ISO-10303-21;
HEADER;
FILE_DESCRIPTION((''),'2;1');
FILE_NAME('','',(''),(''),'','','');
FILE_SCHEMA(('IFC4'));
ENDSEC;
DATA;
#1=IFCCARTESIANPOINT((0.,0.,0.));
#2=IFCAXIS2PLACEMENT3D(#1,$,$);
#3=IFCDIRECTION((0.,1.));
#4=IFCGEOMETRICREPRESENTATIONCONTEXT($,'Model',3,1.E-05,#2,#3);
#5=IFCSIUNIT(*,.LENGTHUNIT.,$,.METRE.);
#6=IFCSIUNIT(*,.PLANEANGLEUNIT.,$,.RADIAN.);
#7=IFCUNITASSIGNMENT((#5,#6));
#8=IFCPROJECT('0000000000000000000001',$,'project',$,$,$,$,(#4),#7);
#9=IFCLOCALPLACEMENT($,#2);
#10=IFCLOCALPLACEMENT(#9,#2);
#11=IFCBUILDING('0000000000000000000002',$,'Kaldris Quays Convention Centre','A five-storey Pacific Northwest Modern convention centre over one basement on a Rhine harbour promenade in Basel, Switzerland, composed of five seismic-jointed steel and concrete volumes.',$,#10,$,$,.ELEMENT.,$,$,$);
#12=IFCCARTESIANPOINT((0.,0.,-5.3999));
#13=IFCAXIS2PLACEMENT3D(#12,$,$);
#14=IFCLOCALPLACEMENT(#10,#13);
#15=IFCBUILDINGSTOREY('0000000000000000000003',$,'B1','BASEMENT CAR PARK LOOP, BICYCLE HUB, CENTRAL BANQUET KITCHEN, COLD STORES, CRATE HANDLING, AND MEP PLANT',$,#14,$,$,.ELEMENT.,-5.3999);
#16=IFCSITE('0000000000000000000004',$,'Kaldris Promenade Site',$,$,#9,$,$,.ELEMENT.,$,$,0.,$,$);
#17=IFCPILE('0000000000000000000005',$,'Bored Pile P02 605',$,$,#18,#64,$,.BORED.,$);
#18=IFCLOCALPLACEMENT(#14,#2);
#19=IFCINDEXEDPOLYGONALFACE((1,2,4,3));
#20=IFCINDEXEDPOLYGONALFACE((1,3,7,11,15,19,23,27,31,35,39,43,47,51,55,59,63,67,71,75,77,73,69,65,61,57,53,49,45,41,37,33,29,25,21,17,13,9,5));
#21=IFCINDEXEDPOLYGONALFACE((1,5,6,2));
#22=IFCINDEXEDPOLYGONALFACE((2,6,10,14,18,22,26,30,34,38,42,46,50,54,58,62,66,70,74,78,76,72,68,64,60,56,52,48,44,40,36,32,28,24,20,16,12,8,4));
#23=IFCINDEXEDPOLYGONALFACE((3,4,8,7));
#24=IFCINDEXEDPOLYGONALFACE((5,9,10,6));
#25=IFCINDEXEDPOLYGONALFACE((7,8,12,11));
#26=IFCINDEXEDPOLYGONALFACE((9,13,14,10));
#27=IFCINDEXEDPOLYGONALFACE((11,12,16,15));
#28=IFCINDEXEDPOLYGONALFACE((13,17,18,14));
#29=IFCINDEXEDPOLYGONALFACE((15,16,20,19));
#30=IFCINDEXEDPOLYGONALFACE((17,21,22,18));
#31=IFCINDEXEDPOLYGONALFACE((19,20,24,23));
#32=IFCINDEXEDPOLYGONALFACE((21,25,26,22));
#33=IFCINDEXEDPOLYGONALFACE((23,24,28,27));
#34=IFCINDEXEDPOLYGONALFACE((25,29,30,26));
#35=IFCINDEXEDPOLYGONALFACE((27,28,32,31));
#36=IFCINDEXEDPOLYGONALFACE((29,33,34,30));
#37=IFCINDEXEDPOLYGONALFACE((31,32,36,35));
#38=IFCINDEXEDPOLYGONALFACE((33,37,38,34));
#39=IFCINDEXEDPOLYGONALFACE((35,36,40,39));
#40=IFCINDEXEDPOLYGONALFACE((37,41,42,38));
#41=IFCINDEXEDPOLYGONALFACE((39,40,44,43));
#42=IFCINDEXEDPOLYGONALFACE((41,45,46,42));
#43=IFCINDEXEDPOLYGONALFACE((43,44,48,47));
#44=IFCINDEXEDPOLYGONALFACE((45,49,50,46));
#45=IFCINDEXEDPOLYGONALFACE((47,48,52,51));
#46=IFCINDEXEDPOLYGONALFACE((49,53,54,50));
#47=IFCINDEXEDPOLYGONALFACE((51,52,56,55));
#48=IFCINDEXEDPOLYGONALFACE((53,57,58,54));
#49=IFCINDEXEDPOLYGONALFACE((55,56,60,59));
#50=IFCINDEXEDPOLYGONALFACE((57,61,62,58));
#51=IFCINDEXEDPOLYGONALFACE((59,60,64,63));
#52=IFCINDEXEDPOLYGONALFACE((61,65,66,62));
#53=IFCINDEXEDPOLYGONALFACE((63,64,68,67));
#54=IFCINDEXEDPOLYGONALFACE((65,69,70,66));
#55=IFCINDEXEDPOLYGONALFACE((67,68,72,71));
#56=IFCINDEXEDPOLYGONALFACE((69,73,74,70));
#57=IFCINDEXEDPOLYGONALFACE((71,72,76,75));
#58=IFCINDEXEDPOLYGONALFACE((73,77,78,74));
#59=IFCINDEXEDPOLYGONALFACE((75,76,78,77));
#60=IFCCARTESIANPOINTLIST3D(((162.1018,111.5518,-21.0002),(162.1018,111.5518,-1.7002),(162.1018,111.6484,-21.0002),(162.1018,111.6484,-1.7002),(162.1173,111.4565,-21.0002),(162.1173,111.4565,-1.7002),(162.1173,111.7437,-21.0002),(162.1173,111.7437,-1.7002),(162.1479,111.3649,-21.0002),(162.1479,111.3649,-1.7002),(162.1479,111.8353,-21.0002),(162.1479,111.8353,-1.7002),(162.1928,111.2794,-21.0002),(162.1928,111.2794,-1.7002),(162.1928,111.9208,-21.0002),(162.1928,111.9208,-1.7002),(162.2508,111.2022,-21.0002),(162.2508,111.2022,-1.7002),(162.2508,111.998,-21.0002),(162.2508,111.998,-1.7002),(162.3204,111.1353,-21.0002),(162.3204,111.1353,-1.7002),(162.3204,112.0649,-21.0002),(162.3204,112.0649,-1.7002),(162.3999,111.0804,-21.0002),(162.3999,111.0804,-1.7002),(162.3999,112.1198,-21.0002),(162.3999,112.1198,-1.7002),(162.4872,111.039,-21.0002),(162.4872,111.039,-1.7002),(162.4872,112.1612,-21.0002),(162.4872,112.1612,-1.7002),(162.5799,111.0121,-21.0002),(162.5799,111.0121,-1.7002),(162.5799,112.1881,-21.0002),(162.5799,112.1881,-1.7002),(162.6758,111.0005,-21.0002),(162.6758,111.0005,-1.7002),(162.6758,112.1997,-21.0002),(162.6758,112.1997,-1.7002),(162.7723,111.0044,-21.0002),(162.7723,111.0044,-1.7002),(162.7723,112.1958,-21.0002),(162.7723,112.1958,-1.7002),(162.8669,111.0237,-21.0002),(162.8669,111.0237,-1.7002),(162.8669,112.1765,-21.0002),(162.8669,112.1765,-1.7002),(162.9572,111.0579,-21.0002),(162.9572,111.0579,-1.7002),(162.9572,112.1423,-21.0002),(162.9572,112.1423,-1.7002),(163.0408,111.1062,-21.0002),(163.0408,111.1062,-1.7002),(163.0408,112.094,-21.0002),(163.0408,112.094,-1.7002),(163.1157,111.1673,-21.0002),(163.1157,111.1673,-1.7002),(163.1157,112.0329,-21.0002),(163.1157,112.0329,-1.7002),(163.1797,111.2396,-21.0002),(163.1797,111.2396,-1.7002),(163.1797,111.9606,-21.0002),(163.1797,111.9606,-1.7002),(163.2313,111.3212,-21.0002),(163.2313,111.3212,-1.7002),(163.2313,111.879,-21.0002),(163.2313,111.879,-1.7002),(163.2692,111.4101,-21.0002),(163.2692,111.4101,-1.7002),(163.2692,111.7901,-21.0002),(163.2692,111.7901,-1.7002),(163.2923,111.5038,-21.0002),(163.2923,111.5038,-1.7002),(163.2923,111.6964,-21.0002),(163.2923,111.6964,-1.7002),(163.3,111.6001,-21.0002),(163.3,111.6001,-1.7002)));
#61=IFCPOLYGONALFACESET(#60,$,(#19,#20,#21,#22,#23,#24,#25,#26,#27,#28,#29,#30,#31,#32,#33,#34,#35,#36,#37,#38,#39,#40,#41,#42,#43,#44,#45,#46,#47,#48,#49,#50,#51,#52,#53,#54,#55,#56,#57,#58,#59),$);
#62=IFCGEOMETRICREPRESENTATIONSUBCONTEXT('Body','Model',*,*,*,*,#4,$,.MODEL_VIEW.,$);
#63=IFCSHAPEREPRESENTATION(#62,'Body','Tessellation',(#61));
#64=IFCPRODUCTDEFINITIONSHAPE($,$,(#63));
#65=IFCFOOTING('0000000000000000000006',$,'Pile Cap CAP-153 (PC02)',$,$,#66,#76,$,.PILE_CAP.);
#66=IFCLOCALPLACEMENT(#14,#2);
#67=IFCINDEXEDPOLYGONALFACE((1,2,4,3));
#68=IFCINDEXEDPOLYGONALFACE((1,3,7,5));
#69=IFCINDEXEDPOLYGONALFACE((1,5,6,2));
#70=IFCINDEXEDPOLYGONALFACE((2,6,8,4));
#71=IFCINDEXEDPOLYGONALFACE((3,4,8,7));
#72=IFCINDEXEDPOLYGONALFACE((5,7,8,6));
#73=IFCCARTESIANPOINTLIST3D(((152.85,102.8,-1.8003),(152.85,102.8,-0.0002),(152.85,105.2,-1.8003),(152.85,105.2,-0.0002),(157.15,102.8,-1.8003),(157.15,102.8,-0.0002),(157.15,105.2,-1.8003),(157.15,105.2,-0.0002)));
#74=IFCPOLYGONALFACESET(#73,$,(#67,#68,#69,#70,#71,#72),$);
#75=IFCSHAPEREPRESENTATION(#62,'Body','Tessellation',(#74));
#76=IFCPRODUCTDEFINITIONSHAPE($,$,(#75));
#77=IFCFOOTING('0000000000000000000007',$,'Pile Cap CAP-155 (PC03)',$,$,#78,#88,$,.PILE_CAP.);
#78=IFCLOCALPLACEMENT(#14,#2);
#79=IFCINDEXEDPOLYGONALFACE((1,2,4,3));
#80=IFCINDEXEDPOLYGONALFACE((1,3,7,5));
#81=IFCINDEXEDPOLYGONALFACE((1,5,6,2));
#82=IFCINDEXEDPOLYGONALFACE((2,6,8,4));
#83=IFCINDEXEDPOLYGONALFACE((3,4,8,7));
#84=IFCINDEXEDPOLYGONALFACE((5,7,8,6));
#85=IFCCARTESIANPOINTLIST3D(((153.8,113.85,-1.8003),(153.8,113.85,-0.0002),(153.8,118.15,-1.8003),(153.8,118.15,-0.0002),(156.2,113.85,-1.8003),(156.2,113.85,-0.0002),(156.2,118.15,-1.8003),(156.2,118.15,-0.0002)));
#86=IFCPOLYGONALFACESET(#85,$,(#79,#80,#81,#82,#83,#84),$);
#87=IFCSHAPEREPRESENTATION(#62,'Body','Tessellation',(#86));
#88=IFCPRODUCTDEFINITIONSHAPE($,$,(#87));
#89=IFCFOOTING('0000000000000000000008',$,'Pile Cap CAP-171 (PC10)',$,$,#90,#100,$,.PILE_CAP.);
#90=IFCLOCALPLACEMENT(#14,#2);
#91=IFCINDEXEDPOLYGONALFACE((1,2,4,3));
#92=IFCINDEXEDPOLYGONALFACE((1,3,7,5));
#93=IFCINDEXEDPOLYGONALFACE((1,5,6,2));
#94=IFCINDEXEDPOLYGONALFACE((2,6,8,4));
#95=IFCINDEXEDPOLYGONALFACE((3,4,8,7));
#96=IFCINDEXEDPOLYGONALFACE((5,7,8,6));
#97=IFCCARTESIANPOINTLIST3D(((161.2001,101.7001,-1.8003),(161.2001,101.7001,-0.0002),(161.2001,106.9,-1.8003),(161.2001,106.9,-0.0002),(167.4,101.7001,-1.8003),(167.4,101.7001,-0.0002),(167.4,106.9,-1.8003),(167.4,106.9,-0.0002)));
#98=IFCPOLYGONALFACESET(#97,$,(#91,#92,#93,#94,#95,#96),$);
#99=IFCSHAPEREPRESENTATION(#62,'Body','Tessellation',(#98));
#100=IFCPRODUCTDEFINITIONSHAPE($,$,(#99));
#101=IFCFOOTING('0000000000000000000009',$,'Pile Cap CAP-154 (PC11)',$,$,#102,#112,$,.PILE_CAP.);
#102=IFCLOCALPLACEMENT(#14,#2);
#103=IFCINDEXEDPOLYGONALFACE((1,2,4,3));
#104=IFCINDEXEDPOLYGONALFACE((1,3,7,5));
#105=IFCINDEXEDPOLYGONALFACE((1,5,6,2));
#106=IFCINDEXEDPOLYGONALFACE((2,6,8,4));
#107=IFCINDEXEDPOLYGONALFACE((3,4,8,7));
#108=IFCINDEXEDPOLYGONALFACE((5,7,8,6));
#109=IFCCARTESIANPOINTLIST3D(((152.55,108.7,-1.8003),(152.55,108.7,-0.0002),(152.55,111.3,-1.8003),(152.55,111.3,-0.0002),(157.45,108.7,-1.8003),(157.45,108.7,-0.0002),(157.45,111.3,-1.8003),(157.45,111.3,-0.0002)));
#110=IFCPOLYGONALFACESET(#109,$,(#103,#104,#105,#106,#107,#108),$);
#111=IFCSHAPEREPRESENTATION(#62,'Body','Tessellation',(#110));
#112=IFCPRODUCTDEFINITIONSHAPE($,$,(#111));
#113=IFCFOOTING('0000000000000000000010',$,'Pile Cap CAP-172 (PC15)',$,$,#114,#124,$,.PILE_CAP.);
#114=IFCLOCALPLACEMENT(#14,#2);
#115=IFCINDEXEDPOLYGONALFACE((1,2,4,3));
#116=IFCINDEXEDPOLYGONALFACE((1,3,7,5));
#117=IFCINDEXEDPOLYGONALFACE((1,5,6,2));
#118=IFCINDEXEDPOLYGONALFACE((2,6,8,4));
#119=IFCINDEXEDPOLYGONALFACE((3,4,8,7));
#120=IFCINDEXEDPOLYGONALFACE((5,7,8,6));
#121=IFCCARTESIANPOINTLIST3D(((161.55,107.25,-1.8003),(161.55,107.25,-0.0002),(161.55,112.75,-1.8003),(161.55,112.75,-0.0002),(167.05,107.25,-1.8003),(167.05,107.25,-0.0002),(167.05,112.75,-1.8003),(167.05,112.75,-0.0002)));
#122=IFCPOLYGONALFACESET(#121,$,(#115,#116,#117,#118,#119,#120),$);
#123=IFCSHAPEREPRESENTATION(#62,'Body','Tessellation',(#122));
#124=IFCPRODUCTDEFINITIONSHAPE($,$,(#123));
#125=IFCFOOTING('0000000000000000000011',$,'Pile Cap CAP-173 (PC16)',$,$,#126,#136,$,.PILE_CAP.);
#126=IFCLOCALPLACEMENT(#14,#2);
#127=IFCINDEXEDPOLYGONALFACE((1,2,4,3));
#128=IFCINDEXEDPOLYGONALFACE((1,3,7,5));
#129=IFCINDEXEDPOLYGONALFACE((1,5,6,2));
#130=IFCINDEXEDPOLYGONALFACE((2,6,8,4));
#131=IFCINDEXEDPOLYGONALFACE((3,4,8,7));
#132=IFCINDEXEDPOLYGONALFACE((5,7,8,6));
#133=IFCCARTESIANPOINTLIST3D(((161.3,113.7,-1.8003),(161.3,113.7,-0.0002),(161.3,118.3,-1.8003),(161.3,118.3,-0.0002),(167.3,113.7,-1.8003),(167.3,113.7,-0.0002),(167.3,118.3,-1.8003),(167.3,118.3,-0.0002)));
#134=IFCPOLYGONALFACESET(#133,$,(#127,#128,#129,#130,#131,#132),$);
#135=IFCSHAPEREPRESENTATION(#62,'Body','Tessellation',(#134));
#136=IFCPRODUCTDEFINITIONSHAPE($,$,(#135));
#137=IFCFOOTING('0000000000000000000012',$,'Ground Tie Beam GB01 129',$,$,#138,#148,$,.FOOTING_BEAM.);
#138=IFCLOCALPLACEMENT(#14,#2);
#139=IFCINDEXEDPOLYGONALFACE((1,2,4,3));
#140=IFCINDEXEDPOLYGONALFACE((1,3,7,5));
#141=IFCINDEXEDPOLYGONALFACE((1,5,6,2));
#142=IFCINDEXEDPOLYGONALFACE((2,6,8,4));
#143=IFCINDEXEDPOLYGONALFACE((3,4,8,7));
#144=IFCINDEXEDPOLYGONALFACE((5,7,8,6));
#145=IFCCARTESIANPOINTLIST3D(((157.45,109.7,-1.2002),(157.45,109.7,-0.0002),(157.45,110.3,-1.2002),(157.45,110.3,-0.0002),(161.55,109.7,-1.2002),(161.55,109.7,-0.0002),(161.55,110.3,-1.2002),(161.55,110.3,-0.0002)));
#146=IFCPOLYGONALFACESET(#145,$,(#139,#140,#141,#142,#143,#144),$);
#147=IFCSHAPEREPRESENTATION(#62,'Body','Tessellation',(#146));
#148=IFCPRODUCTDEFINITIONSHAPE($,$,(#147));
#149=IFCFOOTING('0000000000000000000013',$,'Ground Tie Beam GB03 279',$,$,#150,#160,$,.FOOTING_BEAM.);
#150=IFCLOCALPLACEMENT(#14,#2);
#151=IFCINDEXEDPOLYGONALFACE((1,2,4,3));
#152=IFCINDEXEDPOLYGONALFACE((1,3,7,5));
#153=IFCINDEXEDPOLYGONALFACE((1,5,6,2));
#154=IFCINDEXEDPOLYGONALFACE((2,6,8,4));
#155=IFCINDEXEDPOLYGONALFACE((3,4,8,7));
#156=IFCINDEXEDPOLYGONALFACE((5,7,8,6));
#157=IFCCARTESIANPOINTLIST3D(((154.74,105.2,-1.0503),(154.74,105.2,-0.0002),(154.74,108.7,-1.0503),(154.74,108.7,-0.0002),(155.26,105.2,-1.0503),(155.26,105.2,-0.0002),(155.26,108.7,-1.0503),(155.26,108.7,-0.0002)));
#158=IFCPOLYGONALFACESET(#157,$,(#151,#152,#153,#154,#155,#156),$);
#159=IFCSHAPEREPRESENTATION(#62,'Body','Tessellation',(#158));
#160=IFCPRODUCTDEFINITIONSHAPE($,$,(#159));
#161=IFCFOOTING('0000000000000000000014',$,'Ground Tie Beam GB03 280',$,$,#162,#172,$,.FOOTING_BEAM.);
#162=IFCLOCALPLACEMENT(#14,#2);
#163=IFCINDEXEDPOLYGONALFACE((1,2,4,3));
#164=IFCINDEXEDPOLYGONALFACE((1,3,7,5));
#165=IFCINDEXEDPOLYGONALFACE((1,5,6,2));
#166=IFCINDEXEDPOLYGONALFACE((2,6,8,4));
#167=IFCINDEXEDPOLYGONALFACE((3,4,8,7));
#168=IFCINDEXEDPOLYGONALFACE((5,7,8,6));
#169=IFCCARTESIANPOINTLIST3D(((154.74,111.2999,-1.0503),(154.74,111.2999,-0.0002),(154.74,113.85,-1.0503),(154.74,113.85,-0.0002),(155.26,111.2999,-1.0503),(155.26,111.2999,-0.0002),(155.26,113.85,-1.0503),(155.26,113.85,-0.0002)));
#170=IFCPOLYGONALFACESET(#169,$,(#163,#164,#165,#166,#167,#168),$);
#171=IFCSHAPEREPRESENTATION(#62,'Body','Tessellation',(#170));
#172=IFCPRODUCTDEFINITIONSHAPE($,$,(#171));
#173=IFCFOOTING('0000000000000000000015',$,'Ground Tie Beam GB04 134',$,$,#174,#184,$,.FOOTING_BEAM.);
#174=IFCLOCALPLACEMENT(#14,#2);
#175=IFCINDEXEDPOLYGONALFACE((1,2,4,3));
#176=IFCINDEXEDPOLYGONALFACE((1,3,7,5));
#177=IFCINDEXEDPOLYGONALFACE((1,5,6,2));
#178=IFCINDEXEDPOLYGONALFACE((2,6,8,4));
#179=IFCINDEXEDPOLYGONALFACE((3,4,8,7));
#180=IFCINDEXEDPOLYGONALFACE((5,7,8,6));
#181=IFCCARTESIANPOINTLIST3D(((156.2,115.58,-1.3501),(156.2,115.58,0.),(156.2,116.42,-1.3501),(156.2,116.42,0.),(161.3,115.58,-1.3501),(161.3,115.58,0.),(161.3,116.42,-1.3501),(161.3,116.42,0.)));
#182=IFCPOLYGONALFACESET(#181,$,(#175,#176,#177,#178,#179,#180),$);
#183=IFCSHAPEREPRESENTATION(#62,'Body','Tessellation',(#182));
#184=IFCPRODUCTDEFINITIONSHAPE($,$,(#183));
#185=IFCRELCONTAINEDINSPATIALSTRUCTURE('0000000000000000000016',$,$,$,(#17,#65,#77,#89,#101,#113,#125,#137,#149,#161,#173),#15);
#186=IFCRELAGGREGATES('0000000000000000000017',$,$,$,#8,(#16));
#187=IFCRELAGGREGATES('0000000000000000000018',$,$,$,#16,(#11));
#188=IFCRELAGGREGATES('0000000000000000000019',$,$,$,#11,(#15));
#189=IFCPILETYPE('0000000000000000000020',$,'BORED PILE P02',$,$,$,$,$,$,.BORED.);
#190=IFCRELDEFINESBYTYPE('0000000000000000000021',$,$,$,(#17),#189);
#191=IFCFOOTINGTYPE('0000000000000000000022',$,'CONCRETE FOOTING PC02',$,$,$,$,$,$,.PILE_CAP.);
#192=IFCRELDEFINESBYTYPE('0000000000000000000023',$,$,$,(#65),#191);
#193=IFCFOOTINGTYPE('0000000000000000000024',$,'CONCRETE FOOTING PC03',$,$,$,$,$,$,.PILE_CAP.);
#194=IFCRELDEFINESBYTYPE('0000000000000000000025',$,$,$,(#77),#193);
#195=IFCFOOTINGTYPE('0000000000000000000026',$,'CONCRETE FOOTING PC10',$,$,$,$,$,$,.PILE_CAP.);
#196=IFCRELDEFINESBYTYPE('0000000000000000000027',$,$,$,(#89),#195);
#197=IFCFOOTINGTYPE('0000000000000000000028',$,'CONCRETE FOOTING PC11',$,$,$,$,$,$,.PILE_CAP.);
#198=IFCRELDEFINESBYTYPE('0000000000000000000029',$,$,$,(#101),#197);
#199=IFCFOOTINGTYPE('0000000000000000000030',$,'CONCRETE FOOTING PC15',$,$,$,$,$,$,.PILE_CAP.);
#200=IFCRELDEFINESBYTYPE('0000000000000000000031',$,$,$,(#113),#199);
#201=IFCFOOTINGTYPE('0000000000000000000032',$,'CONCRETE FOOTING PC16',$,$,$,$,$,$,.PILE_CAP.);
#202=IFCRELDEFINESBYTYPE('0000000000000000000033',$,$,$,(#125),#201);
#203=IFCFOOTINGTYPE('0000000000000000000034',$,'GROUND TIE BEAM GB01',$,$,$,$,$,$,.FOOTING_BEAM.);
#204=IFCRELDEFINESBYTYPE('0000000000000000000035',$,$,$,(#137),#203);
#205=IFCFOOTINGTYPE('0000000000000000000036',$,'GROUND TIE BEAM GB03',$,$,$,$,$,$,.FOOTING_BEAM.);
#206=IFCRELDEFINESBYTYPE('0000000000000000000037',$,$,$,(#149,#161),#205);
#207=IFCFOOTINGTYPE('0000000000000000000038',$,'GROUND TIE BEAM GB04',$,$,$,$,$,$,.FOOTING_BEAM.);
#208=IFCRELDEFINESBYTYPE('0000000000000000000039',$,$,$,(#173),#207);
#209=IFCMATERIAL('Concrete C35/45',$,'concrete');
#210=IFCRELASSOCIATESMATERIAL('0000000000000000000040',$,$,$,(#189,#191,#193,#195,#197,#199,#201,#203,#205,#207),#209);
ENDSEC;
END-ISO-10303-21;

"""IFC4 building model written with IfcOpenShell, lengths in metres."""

from ifc_helpers import new_model, si_unit, direction, frame, origin, origin_2d, place, context, subcontext, project, spatial, rectangle, circle, extrude, material, material_profile, profile_set, type_object, element, save


model = new_model("IFC4")

# Units and contexts
model_context = context("Model", 3, precision=1e-05, world=origin(), true_north=direction((0.0, 1.0)))
body_context = subcontext(model_context, "Body", "Model", "MODEL_VIEW")
ifc_project = project(units=[si_unit("LENGTHUNIT", "METRE"), si_unit("PLANEANGLEUNIT", "RADIAN")], contexts=[model_context])

# Site, building, storey
site_placement = place(None, origin())
site = spatial("IfcSite", under=ifc_project, at=site_placement, Name="Kaldris Promenade Site", CompositionType="ELEMENT", RefElevation=0.0)
building_placement = place(site_placement, origin())
building = spatial("IfcBuilding", under=site, at=building_placement, Name="Kaldris Quays Convention Centre", Description="A five-storey Pacific Northwest Modern convention centre over one basement on a Rhine harbour promenade in Basel, Switzerland, composed of five seismic-jointed steel and concrete volumes.", CompositionType="ELEMENT")
storey_placement = place(building_placement, frame((0.0, 0.0, -5.3999)))
storey = spatial("IfcBuildingStorey", under=building, at=storey_placement, Name="B1", Description="BASEMENT CAR PARK LOOP, BICYCLE HUB, CENTRAL BANQUET KITCHEN, COLD STORES, CRATE HANDLING, AND MEP PLANT", CompositionType="ELEMENT", Elevation=-5.3999)

# Pile
ifc_material_1 = material(Name="Concrete C35/45", Category="concrete")
ifc_material_profile_1 = material_profile(ifc_material_1, circle(Radius=0.6001, at=origin_2d()), Name="BORED PILE D1200")
ifc_profile_set_1 = profile_set([ifc_material_profile_1], Name="Concrete C35/45")
pile_type_1 = type_object("IfcPileType", Name="BORED PILE P02", PredefinedType="BORED", material=ifc_profile_set_1)
for number, where, z_axis, x_axis, name in (
    (1, (162.7, 111.6001, -1.7002), (0.0, 0.0, -1.0), (1.0, 0.0, 0.0), "Bored Pile P02 605"),
):
    element("IfcPile", number, at=place(storey_placement, frame(where, z_axis=z_axis, x_axis=x_axis)), inside=storey, type_object=pile_type_1, Name=name, PredefinedType="BORED", context=body_context, shape_type="SweptSolid", body=[
        extrude(circle(Radius=0.6001, at=origin_2d()), origin(), (0.0, 0.0, 1.0), 19.3),
    ])

# Footings
footing_type_1 = type_object("IfcFootingType", Name="CONCRETE FOOTING PC02", PredefinedType="PILE_CAP", material=ifc_material_1)
footing_1_placement = place(storey_placement, frame((155.0, 104.0, -1.8003), z_axis=(0.0, 0.0, 1.0), x_axis=(1.0, 0.0, 0.0)))
element("IfcFooting", 2, at=footing_1_placement, inside=storey, type_object=footing_type_1, Name="Pile Cap CAP-153 (PC02)", PredefinedType="PILE_CAP", context=body_context, shape_type="SweptSolid", body=[
    extrude(rectangle(XDim=4.3, YDim=2.3999, at=origin_2d()), origin(), (0.0, 0.0, 1.0), 1.8),
])
footing_type_2 = type_object("IfcFootingType", Name="CONCRETE FOOTING PC03", PredefinedType="PILE_CAP", material=ifc_material_1)
footing_2_placement = place(storey_placement, frame((155.0, 116.0, -1.8003), z_axis=(0.0, 0.0, 1.0), x_axis=(1.0, 0.0, 0.0)))
element("IfcFooting", 3, at=footing_2_placement, inside=storey, type_object=footing_type_2, Name="Pile Cap CAP-155 (PC03)", PredefinedType="PILE_CAP", context=body_context, shape_type="SweptSolid", body=[
    extrude(rectangle(XDim=2.3999, YDim=4.3, at=origin_2d()), origin(), (0.0, 0.0, 1.0), 1.8),
])
footing_type_3 = type_object("IfcFootingType", Name="CONCRETE FOOTING PC10", PredefinedType="PILE_CAP", material=ifc_material_1)
footing_3_placement = place(storey_placement, frame((164.3, 104.3, -1.8003), z_axis=(0.0, 0.0, 1.0), x_axis=(1.0, 0.0, 0.0)))
element("IfcFooting", 4, at=footing_3_placement, inside=storey, type_object=footing_type_3, Name="Pile Cap CAP-171 (PC10)", PredefinedType="PILE_CAP", context=body_context, shape_type="SweptSolid", body=[
    extrude(rectangle(XDim=6.2, YDim=5.2, at=origin_2d()), origin(), (0.0, 0.0, 1.0), 1.8),
])
footing_type_4 = type_object("IfcFootingType", Name="CONCRETE FOOTING PC11", PredefinedType="PILE_CAP", material=ifc_material_1)
footing_4_placement = place(storey_placement, frame((155.0, 110.0, -1.8003), z_axis=(0.0, 0.0, 1.0), x_axis=(1.0, 0.0, 0.0)))
element("IfcFooting", 5, at=footing_4_placement, inside=storey, type_object=footing_type_4, Name="Pile Cap CAP-154 (PC11)", PredefinedType="PILE_CAP", context=body_context, shape_type="SweptSolid", body=[
    extrude(rectangle(XDim=4.8999, YDim=2.6001, at=origin_2d()), origin(), (0.0, 0.0, 1.0), 1.8),
])
footing_type_5 = type_object("IfcFootingType", Name="CONCRETE FOOTING PC15", PredefinedType="PILE_CAP", material=ifc_material_1)
footing_5_placement = place(storey_placement, frame((164.3, 110.0, -1.8003), z_axis=(0.0, 0.0, 1.0), x_axis=(1.0, 0.0, 0.0)))
element("IfcFooting", 6, at=footing_5_placement, inside=storey, type_object=footing_type_5, Name="Pile Cap CAP-172 (PC15)", PredefinedType="PILE_CAP", context=body_context, shape_type="SweptSolid", body=[
    extrude(rectangle(XDim=5.5, YDim=5.5, at=origin_2d()), origin(), (0.0, 0.0, 1.0), 1.8),
])
footing_type_6 = type_object("IfcFootingType", Name="CONCRETE FOOTING PC16", PredefinedType="PILE_CAP", material=ifc_material_1)
footing_6_placement = place(storey_placement, frame((164.3, 116.0, -1.8003), z_axis=(0.0, 0.0, 1.0), x_axis=(1.0, 0.0, 0.0)))
element("IfcFooting", 7, at=footing_6_placement, inside=storey, type_object=footing_type_6, Name="Pile Cap CAP-173 (PC16)", PredefinedType="PILE_CAP", context=body_context, shape_type="SweptSolid", body=[
    extrude(rectangle(XDim=6.0, YDim=4.6001, at=origin_2d()), origin(), (0.0, 0.0, 1.0), 1.8),
])
footing_type_7 = type_object("IfcFootingType", Name="GROUND TIE BEAM GB01", PredefinedType="FOOTING_BEAM", material=ifc_material_1)
footing_7_placement = place(storey_placement, frame((159.5, 110.0, -1.2002), z_axis=(0.0, 0.0, 1.0), x_axis=(1.0, 0.0, 0.0)))
element("IfcFooting", 8, at=footing_7_placement, inside=storey, type_object=footing_type_7, Name="Ground Tie Beam GB01 129", PredefinedType="FOOTING_BEAM", context=body_context, shape_type="SweptSolid", body=[
    extrude(rectangle(XDim=4.1001, YDim=0.6001, at=origin_2d()), origin(), (0.0, 0.0, 1.0), 1.2),
])
footing_type_8 = type_object("IfcFootingType", Name="GROUND TIE BEAM GB03", PredefinedType="FOOTING_BEAM", material=ifc_material_1)
footing_8_placement = place(storey_placement, frame((155.0, 106.95, -1.0503), z_axis=(0.0, 0.0, 1.0), x_axis=(1.0, 0.0, 0.0)))
element("IfcFooting", 9, at=footing_8_placement, inside=storey, type_object=footing_type_8, Name="Ground Tie Beam GB03 279", PredefinedType="FOOTING_BEAM", context=body_context, shape_type="SweptSolid", body=[
    extrude(rectangle(XDim=0.52, YDim=3.5, at=origin_2d()), origin(), (0.0, 0.0, 1.0), 1.05),
])
footing_9_placement = place(storey_placement, frame((155.0, 112.575, -1.0503), z_axis=(0.0, 0.0, 1.0), x_axis=(1.0, 0.0, 0.0)))
element("IfcFooting", 10, at=footing_9_placement, inside=storey, type_object=footing_type_8, Name="Ground Tie Beam GB03 280", PredefinedType="FOOTING_BEAM", context=body_context, shape_type="SweptSolid", body=[
    extrude(rectangle(XDim=0.52, YDim=2.55, at=origin_2d()), origin(), (0.0, 0.0, 1.0), 1.05),
])
footing_type_9 = type_object("IfcFootingType", Name="GROUND TIE BEAM GB04", PredefinedType="FOOTING_BEAM", material=ifc_material_1)
footing_10_placement = place(storey_placement, frame((158.75, 116.0, -1.3501), z_axis=(0.0, 0.0, 1.0), x_axis=(1.0, 0.0, 0.0)))
element("IfcFooting", 11, at=footing_10_placement, inside=storey, type_object=footing_type_9, Name="Ground Tie Beam GB04 134", PredefinedType="FOOTING_BEAM", context=body_context, shape_type="SweptSolid", body=[
    extrude(rectangle(XDim=5.1001, YDim=0.8401, at=origin_2d()), origin(), (0.0, 0.0, 1.0), 1.3501),
])

save(model, "model.ifc")
